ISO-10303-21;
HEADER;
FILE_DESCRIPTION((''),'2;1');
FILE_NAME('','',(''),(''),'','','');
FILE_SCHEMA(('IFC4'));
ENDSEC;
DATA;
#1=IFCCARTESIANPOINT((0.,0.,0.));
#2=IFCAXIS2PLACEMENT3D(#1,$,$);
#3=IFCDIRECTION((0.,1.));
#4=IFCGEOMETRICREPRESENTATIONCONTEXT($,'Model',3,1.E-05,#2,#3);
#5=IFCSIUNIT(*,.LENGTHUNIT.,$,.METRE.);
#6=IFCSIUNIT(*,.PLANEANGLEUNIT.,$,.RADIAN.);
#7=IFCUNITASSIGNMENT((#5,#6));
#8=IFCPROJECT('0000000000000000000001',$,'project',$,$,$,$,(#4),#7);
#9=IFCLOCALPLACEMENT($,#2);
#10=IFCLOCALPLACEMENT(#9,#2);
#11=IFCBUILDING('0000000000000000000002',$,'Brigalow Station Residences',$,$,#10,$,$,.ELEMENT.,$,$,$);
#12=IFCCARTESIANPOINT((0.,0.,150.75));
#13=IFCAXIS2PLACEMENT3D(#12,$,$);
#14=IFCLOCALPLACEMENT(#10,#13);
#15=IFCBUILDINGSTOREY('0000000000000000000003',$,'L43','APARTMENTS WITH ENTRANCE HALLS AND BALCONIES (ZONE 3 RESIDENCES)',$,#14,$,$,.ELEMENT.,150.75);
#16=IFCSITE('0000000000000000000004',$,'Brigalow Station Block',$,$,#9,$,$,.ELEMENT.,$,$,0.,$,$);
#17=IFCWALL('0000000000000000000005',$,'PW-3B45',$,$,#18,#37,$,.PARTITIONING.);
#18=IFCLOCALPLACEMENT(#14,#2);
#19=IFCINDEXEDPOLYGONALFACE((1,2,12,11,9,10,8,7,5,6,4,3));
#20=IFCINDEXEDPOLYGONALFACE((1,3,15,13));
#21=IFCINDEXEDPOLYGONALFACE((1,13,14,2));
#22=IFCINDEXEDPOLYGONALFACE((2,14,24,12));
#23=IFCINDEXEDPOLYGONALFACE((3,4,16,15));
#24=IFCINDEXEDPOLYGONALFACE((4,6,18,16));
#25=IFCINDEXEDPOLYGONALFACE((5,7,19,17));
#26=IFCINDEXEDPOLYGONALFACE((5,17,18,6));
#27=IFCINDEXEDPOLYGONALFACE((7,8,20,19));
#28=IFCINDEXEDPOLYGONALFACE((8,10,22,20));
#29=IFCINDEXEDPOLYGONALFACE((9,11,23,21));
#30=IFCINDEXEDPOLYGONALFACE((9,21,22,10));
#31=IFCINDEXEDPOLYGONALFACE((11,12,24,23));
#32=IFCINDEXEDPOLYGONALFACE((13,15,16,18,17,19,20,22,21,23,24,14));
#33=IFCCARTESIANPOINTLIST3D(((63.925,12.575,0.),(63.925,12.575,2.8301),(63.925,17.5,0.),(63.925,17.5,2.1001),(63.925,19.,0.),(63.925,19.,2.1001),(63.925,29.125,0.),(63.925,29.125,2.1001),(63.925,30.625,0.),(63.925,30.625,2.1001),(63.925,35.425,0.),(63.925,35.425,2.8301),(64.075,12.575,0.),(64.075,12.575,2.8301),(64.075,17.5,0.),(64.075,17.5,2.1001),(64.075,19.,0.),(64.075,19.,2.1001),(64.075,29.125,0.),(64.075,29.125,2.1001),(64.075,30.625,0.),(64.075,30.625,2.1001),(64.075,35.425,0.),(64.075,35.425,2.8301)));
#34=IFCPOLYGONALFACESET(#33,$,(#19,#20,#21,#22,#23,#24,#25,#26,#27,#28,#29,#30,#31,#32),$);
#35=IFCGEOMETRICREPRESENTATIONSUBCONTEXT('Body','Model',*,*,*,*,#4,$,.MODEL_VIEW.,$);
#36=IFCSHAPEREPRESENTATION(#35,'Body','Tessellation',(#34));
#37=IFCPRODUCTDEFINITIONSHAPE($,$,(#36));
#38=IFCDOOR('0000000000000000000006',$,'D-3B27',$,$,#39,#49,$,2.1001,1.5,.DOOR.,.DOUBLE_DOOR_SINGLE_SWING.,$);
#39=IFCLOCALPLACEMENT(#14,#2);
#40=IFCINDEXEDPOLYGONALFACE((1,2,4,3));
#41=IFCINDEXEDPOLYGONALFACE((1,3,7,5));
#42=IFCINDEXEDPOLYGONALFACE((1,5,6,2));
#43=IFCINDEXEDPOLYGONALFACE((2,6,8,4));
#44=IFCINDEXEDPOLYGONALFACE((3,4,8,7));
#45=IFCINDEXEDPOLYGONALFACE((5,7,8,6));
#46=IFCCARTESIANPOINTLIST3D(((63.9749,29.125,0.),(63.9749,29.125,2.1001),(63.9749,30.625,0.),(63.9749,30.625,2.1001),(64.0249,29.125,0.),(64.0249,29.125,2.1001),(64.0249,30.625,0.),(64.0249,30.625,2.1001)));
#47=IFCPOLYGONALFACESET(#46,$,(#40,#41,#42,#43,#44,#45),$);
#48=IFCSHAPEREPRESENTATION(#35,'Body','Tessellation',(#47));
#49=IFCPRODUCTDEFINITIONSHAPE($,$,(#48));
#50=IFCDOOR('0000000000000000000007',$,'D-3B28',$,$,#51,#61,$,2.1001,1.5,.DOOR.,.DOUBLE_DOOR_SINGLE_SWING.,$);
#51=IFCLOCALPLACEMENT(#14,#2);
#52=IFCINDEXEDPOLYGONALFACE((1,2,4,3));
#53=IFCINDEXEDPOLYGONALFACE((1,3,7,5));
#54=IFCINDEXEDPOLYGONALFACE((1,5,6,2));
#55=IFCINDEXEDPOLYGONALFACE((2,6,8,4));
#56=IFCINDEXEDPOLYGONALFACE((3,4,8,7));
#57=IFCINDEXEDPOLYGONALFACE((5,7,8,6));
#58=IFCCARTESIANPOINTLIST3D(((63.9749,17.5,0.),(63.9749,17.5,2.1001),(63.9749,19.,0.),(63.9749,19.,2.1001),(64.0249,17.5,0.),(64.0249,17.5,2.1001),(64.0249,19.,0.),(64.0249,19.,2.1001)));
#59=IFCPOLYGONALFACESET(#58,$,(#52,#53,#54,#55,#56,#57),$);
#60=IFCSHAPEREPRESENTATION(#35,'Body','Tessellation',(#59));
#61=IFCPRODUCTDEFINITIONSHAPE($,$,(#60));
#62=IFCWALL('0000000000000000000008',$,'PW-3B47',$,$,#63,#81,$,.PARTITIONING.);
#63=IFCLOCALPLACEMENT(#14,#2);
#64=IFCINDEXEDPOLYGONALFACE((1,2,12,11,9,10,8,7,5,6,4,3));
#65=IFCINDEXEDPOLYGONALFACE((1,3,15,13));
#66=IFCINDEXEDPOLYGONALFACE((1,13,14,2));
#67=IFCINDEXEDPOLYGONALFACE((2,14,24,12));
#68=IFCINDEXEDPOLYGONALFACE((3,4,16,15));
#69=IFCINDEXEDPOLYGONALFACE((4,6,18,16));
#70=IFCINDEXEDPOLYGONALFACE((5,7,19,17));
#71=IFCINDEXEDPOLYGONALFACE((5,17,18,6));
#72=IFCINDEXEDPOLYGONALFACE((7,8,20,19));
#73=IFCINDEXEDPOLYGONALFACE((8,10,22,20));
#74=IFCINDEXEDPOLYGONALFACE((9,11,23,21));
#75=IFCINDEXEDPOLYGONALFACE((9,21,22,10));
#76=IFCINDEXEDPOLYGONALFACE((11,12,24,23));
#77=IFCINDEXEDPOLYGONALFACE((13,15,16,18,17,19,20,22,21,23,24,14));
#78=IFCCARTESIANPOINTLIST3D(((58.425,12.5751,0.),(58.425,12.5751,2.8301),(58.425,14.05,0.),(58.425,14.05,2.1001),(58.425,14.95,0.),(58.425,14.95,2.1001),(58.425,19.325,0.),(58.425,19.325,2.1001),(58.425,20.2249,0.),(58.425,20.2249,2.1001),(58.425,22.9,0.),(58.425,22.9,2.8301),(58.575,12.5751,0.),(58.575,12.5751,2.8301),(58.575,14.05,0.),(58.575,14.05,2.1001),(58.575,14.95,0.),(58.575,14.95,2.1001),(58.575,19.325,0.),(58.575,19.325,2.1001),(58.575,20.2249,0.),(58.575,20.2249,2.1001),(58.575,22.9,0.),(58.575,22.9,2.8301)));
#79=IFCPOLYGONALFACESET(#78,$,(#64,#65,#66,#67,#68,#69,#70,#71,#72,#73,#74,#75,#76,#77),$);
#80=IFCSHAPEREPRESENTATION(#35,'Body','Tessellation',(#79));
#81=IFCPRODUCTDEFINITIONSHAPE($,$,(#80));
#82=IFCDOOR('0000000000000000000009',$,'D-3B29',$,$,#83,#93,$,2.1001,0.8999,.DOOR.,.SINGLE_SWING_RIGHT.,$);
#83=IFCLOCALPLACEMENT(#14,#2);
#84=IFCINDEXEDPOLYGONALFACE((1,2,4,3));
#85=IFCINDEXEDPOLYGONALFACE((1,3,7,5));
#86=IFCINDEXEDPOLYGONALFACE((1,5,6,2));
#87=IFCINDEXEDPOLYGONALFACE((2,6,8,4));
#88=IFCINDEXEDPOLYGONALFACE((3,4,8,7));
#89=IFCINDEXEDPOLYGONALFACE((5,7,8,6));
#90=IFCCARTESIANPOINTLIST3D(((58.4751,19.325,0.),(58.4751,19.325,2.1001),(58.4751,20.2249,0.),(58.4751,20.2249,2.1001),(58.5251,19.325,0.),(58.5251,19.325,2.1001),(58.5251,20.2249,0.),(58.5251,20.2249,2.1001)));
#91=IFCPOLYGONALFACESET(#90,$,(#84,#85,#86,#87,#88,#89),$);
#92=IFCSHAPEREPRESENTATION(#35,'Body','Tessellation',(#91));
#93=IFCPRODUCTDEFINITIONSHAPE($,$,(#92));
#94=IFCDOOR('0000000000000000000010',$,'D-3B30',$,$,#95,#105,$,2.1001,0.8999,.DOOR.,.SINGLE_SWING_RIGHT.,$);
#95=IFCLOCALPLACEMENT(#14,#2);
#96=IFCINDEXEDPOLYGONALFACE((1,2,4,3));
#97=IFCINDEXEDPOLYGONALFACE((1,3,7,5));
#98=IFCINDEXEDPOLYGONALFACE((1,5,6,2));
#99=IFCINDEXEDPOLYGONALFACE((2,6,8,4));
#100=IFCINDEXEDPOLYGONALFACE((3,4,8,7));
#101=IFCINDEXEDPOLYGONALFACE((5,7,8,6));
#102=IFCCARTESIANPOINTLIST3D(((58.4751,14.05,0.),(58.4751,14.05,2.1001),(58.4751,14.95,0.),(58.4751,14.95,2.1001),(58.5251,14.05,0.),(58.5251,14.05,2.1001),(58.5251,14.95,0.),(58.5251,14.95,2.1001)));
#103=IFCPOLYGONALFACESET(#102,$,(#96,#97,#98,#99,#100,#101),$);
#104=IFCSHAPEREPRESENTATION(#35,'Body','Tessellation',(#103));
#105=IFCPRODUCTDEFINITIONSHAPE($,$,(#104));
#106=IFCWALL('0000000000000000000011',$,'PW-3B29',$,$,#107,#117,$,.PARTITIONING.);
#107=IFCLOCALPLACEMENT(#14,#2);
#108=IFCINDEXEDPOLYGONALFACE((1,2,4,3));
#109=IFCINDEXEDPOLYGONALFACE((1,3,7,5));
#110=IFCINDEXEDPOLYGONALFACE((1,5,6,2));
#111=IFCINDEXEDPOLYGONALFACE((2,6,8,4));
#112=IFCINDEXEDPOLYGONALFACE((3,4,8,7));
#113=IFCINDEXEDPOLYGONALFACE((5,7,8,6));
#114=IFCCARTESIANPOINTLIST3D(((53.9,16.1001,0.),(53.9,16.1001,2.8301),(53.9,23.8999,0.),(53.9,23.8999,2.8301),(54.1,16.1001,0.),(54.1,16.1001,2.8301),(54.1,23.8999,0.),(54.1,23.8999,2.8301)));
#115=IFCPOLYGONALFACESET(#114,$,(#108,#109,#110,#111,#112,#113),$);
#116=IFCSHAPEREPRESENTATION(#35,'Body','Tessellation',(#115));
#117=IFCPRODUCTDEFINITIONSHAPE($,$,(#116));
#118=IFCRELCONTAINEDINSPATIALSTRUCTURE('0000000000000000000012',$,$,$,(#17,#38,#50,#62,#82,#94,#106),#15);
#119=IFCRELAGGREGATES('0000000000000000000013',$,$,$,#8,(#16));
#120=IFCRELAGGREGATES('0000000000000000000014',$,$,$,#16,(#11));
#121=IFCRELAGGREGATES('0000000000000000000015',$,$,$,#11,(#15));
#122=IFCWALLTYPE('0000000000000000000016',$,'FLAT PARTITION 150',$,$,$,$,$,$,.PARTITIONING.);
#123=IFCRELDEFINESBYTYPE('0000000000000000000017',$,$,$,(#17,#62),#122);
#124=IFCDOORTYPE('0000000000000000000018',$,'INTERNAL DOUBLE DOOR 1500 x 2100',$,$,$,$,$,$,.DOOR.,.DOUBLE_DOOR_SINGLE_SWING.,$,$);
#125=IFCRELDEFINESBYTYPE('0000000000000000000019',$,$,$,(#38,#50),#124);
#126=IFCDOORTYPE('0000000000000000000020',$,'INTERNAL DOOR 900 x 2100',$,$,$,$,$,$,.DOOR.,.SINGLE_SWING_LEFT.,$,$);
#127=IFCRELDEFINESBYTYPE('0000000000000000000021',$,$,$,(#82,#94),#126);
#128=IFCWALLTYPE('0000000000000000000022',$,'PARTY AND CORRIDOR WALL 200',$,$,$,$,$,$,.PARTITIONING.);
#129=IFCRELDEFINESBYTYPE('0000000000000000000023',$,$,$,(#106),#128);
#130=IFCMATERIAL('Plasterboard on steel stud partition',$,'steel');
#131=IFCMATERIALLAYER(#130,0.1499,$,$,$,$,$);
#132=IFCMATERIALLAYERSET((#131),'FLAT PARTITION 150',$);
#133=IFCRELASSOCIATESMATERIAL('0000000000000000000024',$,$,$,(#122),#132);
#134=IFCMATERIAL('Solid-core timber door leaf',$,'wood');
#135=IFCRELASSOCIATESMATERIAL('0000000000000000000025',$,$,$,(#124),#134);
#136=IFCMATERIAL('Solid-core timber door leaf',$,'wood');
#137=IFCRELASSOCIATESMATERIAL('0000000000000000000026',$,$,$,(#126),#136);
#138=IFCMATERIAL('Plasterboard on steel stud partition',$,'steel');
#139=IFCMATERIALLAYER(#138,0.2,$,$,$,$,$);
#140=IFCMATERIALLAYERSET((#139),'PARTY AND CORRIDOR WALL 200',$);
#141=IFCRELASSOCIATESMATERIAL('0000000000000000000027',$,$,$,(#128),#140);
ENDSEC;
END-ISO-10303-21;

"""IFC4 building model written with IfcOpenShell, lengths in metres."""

from ifc_helpers import new_model, si_unit, direction, frame, frame_2d, origin, place, context, subcontext, project, spatial, rectangle, extrude, material, layer, layer_set, type_object, element, fill, save


model = new_model("IFC4")

# Units and contexts
model_context = context("Model", 3, precision=1e-05, world=origin(), true_north=direction((0.0, 1.0)))
body_context = subcontext(model_context, "Body", "Model", "MODEL_VIEW")
ifc_project = project(units=[si_unit("LENGTHUNIT", "METRE"), si_unit("PLANEANGLEUNIT", "RADIAN")], contexts=[model_context])

# Site, building, storey
site_placement = place(None, origin())
site = spatial("IfcSite", under=ifc_project, at=site_placement, Name="Brigalow Station Block", CompositionType="ELEMENT", RefElevation=0.0)
building_placement = place(site_placement, origin())
building = spatial("IfcBuilding", under=site, at=building_placement, Name="Brigalow Station Residences", CompositionType="ELEMENT")
storey_placement = place(building_placement, frame((0.0, 0.0, 150.75)))
storey = spatial("IfcBuildingStorey", under=building, at=storey_placement, Name="L43", Description="APARTMENTS WITH ENTRANCE HALLS AND BALCONIES (ZONE 3 RESIDENCES)", CompositionType="ELEMENT", Elevation=150.75)

# Shared definitions
ifc_material_1 = material(Name="Plasterboard on steel stud partition", Category="steel")
ifc_layer_1 = layer(ifc_material_1, 0.1499)
ifc_layer_set_1 = layer_set([ifc_layer_1], Name="FLAT PARTITION 150")
wall_type_1 = type_object("IfcWallType", Name="FLAT PARTITION 150", PredefinedType="PARTITIONING", material=ifc_layer_set_1)

# Shared definitions
ifc_material_2 = material(Name="Solid-core timber door leaf", Category="wood")
door_type_1 = type_object("IfcDoorType", Name="INTERNAL DOUBLE DOOR 1500 x 2100", OperationType="DOUBLE_DOOR_SINGLE_SWING", PredefinedType="DOOR", material=ifc_material_2)

# Walls, openings, doors
wall_1_placement = place(storey_placement, frame((64.0, 12.575, 0.0), z_axis=(0.0, 0.0, 1.0), x_axis=(0.0, 1.0, 0.0)))
wall_1 = element("IfcWall", 1, at=wall_1_placement, inside=storey, type_object=wall_type_1, Name="PW-3B45", PredefinedType="PARTITIONING", context=body_context, shape_type="SweptSolid", body=[
    extrude(rectangle(XDim=22.8501, YDim=0.1499, at=frame_2d((11.425, 0.0))), origin(), (0.0, 0.0, 1.0), 2.8301),
])
opening_1_placement = place(wall_1_placement, frame((16.55, 0.0, 0.0)))
opening_1 = element("IfcOpeningElement", 2, at=opening_1_placement, cuts=wall_1, PredefinedType="OPENING", context=body_context, shape_type="SweptSolid", body=[
    extrude(rectangle(XDim=1.5, YDim=2.1001, at=frame_2d((0.75, 1.05))), frame((0.0, 0.085, 0.0), z_axis=(0.0, -1.0, 0.0), x_axis=(1.0, 0.0, 0.0)), (0.0, 0.0, 1.0), 0.1699),
])
opening_2_placement = place(wall_1_placement, frame((4.925, 0.0, 0.0)))
opening_2 = element("IfcOpeningElement", 3, at=opening_2_placement, cuts=wall_1, PredefinedType="OPENING", context=body_context, shape_type="SweptSolid", body=[
    extrude(rectangle(XDim=1.5, YDim=2.1001, at=frame_2d((0.75, 1.05))), frame((0.0, 0.085, 0.0), z_axis=(0.0, -1.0, 0.0), x_axis=(1.0, 0.0, 0.0)), (0.0, 0.0, 1.0), 0.1699),
])
door_1_placement = place(opening_1_placement, frame((1.5, 0.0, 0.0), z_axis=(0.0, 0.0, 1.0), x_axis=(-1.0, 0.0, 0.0)))
door_1 = element("IfcDoor", 4, at=door_1_placement, inside=storey, type_object=door_type_1, Name="D-3B27", OperationType="DOUBLE_DOOR_SINGLE_SWING", OverallHeight=2.1001, OverallWidth=1.5, PredefinedType="DOOR", context=body_context, shape_type="SweptSolid", body=[
    extrude(rectangle(XDim=1.5, YDim=2.1001, at=frame_2d((0.75, 1.05))), frame((0.0, 0.0249, 0.0), z_axis=(0.0, -1.0, 0.0), x_axis=(1.0, 0.0, 0.0)), (0.0, 0.0, 1.0), 0.05),
])
fill(opening_1, door_1)
door_2_placement = place(opening_2_placement, frame((1.5, 0.0, 0.0), z_axis=(0.0, 0.0, 1.0), x_axis=(-1.0, 0.0, 0.0)))
door_2 = element("IfcDoor", 5, at=door_2_placement, inside=storey, type_object=door_type_1, Name="D-3B28", OperationType="DOUBLE_DOOR_SINGLE_SWING", OverallHeight=2.1001, OverallWidth=1.5, PredefinedType="DOOR", context=body_context, shape_type="SweptSolid", body=[
    extrude(rectangle(XDim=1.5, YDim=2.1001, at=frame_2d((0.75, 1.05))), frame((0.0, 0.0249, 0.0), z_axis=(0.0, -1.0, 0.0), x_axis=(1.0, 0.0, 0.0)), (0.0, 0.0, 1.0), 0.05),
])
fill(opening_2, door_2)
wall_2_placement = place(storey_placement, frame((58.5, 12.575, 0.0), z_axis=(0.0, 0.0, 1.0), x_axis=(0.0, 1.0, 0.0)))
wall_2 = element("IfcWall", 6, at=wall_2_placement, inside=storey, type_object=wall_type_1, Name="PW-3B47", PredefinedType="PARTITIONING", context=body_context, shape_type="SweptSolid", body=[
    extrude(rectangle(XDim=10.325, YDim=0.1499, at=frame_2d((5.1626, 0.0))), origin(), (0.0, 0.0, 1.0), 2.8301),
])
opening_3_placement = place(wall_2_placement, frame((6.75, 0.0, 0.0)))
opening_3 = element("IfcOpeningElement", 7, at=opening_3_placement, cuts=wall_2, PredefinedType="OPENING", context=body_context, shape_type="SweptSolid", body=[
    extrude(rectangle(XDim=0.8999, YDim=2.1001, at=frame_2d((0.45, 1.05))), frame((0.0, 0.085, 0.0), z_axis=(0.0, -1.0, 0.0), x_axis=(1.0, 0.0, 0.0)), (0.0, 0.0, 1.0), 0.1699),
])
opening_4_placement = place(wall_2_placement, frame((1.4751, 0.0, 0.0)))
opening_4 = element("IfcOpeningElement", 8, at=opening_4_placement, cuts=wall_2, PredefinedType="OPENING", context=body_context, shape_type="SweptSolid", body=[
    extrude(rectangle(XDim=0.8999, YDim=2.1001, at=frame_2d((0.45, 1.05))), frame((0.0, 0.085, 0.0), z_axis=(0.0, -1.0, 0.0), x_axis=(1.0, 0.0, 0.0)), (0.0, 0.0, 1.0), 0.1699),
])
ifc_material_3 = material(Name="Solid-core timber door leaf", Category="wood")
door_type_2 = type_object("IfcDoorType", Name="INTERNAL DOOR 900 x 2100", OperationType="SINGLE_SWING_LEFT", PredefinedType="DOOR", material=ifc_material_3)
door_3_placement = place(opening_3_placement, origin())
door_3 = element("IfcDoor", 9, at=door_3_placement, inside=storey, type_object=door_type_2, Name="D-3B29", OperationType="SINGLE_SWING_RIGHT", OverallHeight=2.1001, OverallWidth=0.8999, PredefinedType="DOOR", context=body_context, shape_type="SweptSolid", body=[
    extrude(rectangle(XDim=0.8999, YDim=2.1001, at=frame_2d((0.45, 1.05))), frame((0.0, 0.0249, 0.0), z_axis=(0.0, -1.0, 0.0), x_axis=(1.0, 0.0, 0.0)), (0.0, 0.0, 1.0), 0.05),
])
fill(opening_3, door_3)
door_4_placement = place(opening_4_placement, origin())
door_4 = element("IfcDoor", 10, at=door_4_placement, inside=storey, type_object=door_type_2, Name="D-3B30", OperationType="SINGLE_SWING_RIGHT", OverallHeight=2.1001, OverallWidth=0.8999, PredefinedType="DOOR", context=body_context, shape_type="SweptSolid", body=[
    extrude(rectangle(XDim=0.8999, YDim=2.1001, at=frame_2d((0.45, 1.05))), frame((0.0, 0.0249, 0.0), z_axis=(0.0, -1.0, 0.0), x_axis=(1.0, 0.0, 0.0)), (0.0, 0.0, 1.0), 0.05),
])
fill(opening_4, door_4)

# Wall
ifc_material_4 = material(Name="Plasterboard on steel stud partition", Category="steel")
ifc_layer_2 = layer(ifc_material_4, 0.2)
ifc_layer_set_2 = layer_set([ifc_layer_2], Name="PARTY AND CORRIDOR WALL 200")
wall_type_2 = type_object("IfcWallType", Name="PARTY AND CORRIDOR WALL 200", PredefinedType="PARTITIONING", material=ifc_layer_set_2)
wall_3_placement = place(storey_placement, frame((54.0, 16.1001, 0.0), z_axis=(0.0, 0.0, 1.0), x_axis=(0.0, 1.0, 0.0)))
element("IfcWall", 11, at=wall_3_placement, inside=storey, type_object=wall_type_2, Name="PW-3B29", PredefinedType="PARTITIONING", context=body_context, shape_type="SweptSolid", body=[
    extrude(rectangle(XDim=7.7998, YDim=0.2, at=frame_2d((3.8999, 0.0))), origin(), (0.0, 0.0, 1.0), 2.8301),
])

save(model, "model.ifc")
